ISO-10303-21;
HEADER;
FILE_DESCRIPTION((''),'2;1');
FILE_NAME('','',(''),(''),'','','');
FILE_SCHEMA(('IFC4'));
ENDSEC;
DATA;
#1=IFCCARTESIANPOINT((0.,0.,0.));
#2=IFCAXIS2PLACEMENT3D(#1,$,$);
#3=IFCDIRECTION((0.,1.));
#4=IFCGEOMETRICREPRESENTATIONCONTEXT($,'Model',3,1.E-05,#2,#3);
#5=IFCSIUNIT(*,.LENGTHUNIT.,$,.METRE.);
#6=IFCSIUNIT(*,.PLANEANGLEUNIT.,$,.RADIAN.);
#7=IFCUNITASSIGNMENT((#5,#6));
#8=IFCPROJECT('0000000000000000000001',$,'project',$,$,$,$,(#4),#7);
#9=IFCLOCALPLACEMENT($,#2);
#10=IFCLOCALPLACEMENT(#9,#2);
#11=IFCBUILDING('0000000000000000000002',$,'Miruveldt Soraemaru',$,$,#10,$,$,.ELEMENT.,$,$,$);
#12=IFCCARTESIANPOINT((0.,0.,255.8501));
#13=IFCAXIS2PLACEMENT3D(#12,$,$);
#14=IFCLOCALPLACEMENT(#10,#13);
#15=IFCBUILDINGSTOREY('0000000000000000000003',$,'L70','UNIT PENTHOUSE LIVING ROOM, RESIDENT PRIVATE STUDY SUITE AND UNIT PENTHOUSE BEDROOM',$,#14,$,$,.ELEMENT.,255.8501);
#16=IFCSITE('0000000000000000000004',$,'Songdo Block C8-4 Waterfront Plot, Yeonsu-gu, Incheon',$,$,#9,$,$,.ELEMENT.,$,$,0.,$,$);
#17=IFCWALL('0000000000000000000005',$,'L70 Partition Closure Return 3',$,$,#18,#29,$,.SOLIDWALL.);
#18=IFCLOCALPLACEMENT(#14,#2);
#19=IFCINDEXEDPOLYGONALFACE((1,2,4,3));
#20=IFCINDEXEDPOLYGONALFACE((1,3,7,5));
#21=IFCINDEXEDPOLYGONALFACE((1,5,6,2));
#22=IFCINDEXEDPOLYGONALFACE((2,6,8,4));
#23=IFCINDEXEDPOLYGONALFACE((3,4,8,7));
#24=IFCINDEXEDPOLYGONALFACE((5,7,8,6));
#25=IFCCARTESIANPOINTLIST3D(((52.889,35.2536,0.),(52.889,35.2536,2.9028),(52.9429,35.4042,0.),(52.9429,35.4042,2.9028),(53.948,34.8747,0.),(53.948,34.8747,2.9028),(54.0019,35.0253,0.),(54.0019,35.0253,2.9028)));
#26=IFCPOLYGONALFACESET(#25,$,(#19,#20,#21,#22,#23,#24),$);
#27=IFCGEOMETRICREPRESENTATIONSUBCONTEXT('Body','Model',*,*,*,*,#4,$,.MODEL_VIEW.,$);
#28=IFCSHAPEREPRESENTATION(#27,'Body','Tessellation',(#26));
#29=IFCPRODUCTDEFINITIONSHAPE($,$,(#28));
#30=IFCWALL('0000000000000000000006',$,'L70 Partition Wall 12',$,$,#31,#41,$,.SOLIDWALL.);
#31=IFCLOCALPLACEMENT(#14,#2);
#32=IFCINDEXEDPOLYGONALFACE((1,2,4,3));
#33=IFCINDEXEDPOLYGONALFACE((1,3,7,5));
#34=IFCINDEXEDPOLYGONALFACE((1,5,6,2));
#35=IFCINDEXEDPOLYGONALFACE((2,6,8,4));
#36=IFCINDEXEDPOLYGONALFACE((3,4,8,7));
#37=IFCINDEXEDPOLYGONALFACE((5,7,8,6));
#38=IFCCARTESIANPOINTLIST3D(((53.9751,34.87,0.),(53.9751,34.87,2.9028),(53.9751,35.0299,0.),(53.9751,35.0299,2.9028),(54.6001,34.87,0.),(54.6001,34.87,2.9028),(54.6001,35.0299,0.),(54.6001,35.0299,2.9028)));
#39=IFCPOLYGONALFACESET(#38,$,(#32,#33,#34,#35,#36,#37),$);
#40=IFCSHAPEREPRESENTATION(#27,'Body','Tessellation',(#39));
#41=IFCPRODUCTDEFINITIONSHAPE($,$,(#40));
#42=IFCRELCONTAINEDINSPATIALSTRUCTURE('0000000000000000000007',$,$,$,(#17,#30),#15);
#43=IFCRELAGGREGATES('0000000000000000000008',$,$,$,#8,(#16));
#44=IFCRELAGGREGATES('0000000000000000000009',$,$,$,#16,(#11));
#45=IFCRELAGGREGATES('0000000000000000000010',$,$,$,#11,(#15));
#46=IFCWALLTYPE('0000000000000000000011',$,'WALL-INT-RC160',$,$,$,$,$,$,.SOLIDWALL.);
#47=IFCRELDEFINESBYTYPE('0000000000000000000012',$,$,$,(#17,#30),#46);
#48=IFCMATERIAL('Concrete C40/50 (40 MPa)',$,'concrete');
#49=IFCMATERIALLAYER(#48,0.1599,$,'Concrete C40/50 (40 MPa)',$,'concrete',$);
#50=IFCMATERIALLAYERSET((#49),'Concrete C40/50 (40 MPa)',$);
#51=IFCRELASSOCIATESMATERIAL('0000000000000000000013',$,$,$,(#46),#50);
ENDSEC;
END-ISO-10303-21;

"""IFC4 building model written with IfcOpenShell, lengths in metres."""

from ifc_helpers import new_model, si_unit, direction, frame, frame_2d, origin, place, context, subcontext, project, spatial, rectangle, extrude, material, layer, layer_set, type_object, element, save


model = new_model("IFC4")

# Units and contexts
model_context = context("Model", 3, precision=1e-05, world=origin(), true_north=direction((0.0, 1.0)))
body_context = subcontext(model_context, "Body", "Model", "MODEL_VIEW")
ifc_project = project(units=[si_unit("LENGTHUNIT", "METRE"), si_unit("PLANEANGLEUNIT", "RADIAN")], contexts=[model_context])

# Site, building, storey
site_placement = place(None, origin())
site = spatial("IfcSite", under=ifc_project, at=site_placement, Name="Songdo Block C8-4 Waterfront Plot, Yeonsu-gu, Incheon", CompositionType="ELEMENT", RefElevation=0.0)
building_placement = place(site_placement, origin())
building = spatial("IfcBuilding", under=site, at=building_placement, Name="Miruveldt Soraemaru", CompositionType="ELEMENT")
storey_placement = place(building_placement, frame((0.0, 0.0, 255.8501)))
storey = spatial("IfcBuildingStorey", under=building, at=storey_placement, Name="L70", Description="UNIT PENTHOUSE LIVING ROOM, RESIDENT PRIVATE STUDY SUITE AND UNIT PENTHOUSE BEDROOM", CompositionType="ELEMENT", Elevation=255.8501)

# Walls
ifc_material_1 = material(Name="Concrete C40/50 (40 MPa)", Category="concrete")
ifc_layer_1 = layer(ifc_material_1, 0.1599, Name="Concrete C40/50 (40 MPa)", Category="concrete")
ifc_layer_set_1 = layer_set([ifc_layer_1], Name="Concrete C40/50 (40 MPa)")
wall_type_1 = type_object("IfcWallType", Name="WALL-INT-RC160", PredefinedType="SOLIDWALL", material=ifc_layer_set_1)
wall_1_placement = place(storey_placement, frame((53.9751, 34.95, 0.0), z_axis=(0.0, 0.0, 1.0), x_axis=(-0.941555, 0.336859, 0.0)))
element("IfcWall", 1, at=wall_1_placement, inside=storey, type_object=wall_type_1, Name="L70 Partition Closure Return 3", PredefinedType="SOLIDWALL", context=body_context, shape_type="SweptSolid", body=[
    extrude(rectangle(XDim=1.1248, YDim=0.1599, at=frame_2d((0.5625, 0.0))), origin(), (0.0, 0.0, 1.0), 2.9028),
])
wall_2_placement = place(storey_placement, frame((54.6001, 34.95, 0.0), z_axis=(0.0, 0.0, 1.0), x_axis=(-1.0, 0.0, 0.0)))
element("IfcWall", 2, at=wall_2_placement, inside=storey, type_object=wall_type_1, Name="L70 Partition Wall 12", PredefinedType="SOLIDWALL", context=body_context, shape_type="SweptSolid", body=[
    extrude(rectangle(XDim=0.625, YDim=0.1599, at=frame_2d((0.3125, 0.0))), origin(), (0.0, 0.0, 1.0), 2.9028),
])

save(model, "model.ifc")
